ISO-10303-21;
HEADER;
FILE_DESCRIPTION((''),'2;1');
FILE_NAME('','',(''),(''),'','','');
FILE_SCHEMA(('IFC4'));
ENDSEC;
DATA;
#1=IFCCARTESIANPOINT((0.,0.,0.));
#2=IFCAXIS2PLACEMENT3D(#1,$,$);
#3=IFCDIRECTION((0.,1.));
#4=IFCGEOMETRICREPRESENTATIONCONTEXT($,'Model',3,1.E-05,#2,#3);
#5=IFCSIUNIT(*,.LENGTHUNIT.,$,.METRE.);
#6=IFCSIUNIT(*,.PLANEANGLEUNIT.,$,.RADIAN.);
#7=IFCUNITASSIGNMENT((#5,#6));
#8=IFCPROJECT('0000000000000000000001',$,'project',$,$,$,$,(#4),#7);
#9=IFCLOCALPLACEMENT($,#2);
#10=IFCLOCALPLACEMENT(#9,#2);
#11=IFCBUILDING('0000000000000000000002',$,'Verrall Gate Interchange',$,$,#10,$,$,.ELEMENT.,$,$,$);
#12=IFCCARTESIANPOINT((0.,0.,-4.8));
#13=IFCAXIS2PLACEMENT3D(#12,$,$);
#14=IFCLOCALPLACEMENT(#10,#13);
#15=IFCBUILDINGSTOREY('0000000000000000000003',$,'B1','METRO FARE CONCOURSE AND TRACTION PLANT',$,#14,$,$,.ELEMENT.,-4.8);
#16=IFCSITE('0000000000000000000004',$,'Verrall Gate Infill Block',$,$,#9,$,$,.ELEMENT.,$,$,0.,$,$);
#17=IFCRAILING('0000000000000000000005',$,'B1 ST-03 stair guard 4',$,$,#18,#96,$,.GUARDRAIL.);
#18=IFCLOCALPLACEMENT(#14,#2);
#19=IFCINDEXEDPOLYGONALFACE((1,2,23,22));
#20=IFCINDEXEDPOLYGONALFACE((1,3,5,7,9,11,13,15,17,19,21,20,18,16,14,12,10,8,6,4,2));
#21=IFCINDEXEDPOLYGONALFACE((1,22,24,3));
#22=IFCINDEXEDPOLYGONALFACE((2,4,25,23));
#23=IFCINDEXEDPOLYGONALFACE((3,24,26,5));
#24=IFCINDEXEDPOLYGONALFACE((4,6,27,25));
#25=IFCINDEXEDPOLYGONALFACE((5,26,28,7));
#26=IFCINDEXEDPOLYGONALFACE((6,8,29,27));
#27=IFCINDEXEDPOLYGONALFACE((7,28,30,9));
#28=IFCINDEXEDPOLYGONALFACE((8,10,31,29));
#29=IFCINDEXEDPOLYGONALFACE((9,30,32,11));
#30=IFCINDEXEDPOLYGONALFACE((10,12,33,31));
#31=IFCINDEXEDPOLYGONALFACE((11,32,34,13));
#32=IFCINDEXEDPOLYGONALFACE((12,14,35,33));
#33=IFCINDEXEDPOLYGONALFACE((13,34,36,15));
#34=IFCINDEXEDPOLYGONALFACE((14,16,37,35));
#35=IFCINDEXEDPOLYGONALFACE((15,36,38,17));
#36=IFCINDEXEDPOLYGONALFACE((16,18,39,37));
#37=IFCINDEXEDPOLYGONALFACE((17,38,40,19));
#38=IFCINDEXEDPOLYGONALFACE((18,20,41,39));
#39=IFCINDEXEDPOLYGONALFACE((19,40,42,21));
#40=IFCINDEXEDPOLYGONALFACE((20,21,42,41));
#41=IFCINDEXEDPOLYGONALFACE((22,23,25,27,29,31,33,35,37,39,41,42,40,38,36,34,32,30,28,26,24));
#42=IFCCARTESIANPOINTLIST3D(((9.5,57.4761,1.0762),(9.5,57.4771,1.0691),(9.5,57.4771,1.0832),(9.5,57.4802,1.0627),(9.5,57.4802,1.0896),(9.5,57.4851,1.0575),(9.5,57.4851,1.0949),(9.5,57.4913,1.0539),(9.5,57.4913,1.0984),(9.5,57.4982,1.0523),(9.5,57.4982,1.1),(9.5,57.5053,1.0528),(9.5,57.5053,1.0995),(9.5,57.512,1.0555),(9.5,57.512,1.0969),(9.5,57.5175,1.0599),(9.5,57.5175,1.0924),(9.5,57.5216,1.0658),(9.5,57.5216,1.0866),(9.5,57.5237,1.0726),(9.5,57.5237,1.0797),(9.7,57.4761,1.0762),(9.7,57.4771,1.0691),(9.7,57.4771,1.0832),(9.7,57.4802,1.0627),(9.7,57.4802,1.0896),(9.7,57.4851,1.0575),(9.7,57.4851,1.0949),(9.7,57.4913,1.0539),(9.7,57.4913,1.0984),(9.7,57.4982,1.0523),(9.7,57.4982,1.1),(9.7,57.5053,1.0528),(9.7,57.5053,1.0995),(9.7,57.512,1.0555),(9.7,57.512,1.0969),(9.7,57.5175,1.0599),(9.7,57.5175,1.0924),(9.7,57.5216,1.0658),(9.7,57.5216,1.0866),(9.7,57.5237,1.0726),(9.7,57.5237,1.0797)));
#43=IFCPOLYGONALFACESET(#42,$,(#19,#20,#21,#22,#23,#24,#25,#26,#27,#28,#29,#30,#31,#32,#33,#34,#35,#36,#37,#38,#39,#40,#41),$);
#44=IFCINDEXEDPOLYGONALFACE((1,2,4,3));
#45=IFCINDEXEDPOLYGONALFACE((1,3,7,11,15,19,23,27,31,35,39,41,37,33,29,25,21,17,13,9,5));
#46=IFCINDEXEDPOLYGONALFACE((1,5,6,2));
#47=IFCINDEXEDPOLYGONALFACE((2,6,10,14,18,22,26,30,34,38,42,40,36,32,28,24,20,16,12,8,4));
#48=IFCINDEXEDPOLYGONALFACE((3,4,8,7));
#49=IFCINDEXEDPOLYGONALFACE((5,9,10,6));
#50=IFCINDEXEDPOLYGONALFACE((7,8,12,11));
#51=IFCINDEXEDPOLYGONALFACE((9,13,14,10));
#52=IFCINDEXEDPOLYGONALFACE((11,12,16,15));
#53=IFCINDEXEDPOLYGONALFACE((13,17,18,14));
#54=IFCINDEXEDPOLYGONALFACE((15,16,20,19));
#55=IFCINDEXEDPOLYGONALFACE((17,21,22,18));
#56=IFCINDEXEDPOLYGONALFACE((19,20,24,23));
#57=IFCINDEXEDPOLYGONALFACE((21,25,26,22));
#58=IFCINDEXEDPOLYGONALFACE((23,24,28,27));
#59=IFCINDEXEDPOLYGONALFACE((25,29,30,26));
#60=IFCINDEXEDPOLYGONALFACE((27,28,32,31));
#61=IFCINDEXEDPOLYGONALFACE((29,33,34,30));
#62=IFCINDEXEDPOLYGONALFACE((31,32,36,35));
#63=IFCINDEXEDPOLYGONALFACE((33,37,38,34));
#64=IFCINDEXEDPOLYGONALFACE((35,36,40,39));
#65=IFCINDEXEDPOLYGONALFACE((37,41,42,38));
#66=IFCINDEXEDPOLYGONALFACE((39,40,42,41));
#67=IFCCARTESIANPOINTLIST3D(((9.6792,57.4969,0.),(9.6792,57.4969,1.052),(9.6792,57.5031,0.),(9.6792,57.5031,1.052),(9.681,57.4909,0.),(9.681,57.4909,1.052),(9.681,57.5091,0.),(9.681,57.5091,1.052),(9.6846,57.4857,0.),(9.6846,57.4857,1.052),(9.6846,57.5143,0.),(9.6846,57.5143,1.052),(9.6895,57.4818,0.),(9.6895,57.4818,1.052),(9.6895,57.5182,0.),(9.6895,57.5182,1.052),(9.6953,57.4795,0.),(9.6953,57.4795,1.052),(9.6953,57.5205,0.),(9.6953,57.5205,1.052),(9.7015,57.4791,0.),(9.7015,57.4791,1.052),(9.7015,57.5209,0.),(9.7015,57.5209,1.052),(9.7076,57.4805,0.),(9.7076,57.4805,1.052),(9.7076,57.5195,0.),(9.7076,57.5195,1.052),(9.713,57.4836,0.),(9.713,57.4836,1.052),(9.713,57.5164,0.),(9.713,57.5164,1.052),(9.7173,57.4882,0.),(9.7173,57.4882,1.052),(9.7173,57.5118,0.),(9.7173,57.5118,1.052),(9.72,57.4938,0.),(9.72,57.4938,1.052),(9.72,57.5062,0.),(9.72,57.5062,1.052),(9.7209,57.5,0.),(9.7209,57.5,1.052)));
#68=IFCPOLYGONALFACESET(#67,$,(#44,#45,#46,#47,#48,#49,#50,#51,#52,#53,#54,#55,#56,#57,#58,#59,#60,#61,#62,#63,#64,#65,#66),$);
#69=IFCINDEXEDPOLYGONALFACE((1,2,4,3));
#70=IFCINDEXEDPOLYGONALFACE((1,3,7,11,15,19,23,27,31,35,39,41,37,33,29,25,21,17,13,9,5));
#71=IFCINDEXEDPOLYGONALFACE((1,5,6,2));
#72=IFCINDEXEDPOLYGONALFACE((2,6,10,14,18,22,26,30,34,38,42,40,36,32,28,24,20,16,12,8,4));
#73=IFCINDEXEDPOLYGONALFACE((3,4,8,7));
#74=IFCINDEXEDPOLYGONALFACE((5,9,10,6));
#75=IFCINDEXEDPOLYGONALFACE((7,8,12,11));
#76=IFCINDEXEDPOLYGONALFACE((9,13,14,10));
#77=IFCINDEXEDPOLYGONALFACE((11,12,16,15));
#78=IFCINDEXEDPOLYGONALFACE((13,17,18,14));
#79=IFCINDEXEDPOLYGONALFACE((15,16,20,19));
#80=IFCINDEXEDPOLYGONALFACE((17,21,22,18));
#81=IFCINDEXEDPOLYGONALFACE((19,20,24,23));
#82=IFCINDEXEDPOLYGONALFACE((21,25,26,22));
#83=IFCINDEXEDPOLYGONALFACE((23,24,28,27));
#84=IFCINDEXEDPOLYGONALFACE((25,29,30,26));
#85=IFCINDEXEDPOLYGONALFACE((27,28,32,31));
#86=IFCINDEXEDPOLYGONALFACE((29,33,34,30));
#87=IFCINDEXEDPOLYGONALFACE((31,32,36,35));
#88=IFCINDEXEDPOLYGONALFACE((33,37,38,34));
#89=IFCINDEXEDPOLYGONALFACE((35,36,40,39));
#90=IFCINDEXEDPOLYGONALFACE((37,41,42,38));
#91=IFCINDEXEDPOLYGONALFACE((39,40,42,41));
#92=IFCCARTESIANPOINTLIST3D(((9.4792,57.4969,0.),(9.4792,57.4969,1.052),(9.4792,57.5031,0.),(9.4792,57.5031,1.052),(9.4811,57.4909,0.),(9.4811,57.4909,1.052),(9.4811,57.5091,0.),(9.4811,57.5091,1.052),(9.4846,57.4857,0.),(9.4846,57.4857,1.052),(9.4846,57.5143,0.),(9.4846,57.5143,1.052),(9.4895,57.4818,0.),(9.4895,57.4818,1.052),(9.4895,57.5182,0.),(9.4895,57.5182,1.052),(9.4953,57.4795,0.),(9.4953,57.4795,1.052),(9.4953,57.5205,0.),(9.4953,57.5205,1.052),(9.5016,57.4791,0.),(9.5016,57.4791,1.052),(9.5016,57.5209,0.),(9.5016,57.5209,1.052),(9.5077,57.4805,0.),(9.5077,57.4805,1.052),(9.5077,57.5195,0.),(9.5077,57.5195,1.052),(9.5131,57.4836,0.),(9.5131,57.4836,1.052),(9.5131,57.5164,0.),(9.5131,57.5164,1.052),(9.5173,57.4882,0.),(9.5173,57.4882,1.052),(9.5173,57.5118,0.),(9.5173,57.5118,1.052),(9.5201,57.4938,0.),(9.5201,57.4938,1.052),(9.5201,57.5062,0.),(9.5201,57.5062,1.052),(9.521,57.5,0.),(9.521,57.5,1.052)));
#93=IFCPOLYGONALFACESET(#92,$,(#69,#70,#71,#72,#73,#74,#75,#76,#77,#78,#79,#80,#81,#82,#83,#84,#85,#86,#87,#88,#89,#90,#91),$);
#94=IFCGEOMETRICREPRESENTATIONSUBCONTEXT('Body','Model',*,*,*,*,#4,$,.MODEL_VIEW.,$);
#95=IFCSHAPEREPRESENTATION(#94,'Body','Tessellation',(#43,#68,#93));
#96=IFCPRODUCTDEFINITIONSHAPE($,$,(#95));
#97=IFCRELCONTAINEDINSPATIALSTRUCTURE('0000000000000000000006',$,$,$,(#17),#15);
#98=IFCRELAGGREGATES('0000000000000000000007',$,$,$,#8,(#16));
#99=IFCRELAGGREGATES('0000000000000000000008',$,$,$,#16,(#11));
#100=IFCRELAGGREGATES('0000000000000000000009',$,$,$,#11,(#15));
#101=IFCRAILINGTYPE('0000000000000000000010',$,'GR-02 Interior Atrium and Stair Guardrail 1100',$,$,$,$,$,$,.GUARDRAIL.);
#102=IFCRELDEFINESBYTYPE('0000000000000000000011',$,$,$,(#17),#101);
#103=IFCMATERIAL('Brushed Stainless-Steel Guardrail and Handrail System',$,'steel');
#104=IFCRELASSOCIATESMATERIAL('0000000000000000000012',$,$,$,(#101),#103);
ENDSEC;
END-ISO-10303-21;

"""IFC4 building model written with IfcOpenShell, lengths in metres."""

from ifc_helpers import new_model, si_unit, direction, frame, origin, origin_2d, place, context, subcontext, project, spatial, circle, extrude, material, type_object, element, save


model = new_model("IFC4")

# Units and contexts
model_context = context("Model", 3, precision=1e-05, world=origin(), true_north=direction((0.0, 1.0)))
body_context = subcontext(model_context, "Body", "Model", "MODEL_VIEW")
ifc_project = project(units=[si_unit("LENGTHUNIT", "METRE"), si_unit("PLANEANGLEUNIT", "RADIAN")], contexts=[model_context])

# Site, building, storey
site_placement = place(None, origin())
site = spatial("IfcSite", under=ifc_project, at=site_placement, Name="Verrall Gate Infill Block", CompositionType="ELEMENT", RefElevation=0.0)
building_placement = place(site_placement, origin())
building = spatial("IfcBuilding", under=site, at=building_placement, Name="Verrall Gate Interchange", CompositionType="ELEMENT")
storey_placement = place(building_placement, frame((0.0, 0.0, -4.8)))
storey = spatial("IfcBuildingStorey", under=building, at=storey_placement, Name="B1", Description="METRO FARE CONCOURSE AND TRACTION PLANT", CompositionType="ELEMENT", Elevation=-4.8)

# Railing
ifc_material_1 = material(Name="Brushed Stainless-Steel Guardrail and Handrail System", Category="steel")
railing_type_1 = type_object("IfcRailingType", Name="GR-02 Interior Atrium and Stair Guardrail 1100", PredefinedType="GUARDRAIL", material=ifc_material_1)
railing_1_placement = place(storey_placement, frame((9.7, 57.5, 0.0)))
element("IfcRailing", 1, at=railing_1_placement, inside=storey, type_object=railing_type_1, Name="B1 ST-03 stair guard 4", PredefinedType="GUARDRAIL", context=body_context, shape_type="SweptSolid", body=[
    extrude(circle(Radius=0.0239, at=origin_2d()), frame((0.0, 0.0, 1.0762), z_axis=(-1.0, 0.0, 0.0), x_axis=(0.0, -1.0, 0.0)), (0.0, 0.0, 1.0), 0.2),
    extrude(circle(Radius=0.021, at=origin_2d()), origin(), (0.0, 0.0, 1.0), 1.052),
    extrude(circle(Radius=0.021, at=origin_2d()), frame((-0.2, 0.0, 0.0)), (0.0, 0.0, 1.0), 1.052),
])

save(model, "model.ifc")
